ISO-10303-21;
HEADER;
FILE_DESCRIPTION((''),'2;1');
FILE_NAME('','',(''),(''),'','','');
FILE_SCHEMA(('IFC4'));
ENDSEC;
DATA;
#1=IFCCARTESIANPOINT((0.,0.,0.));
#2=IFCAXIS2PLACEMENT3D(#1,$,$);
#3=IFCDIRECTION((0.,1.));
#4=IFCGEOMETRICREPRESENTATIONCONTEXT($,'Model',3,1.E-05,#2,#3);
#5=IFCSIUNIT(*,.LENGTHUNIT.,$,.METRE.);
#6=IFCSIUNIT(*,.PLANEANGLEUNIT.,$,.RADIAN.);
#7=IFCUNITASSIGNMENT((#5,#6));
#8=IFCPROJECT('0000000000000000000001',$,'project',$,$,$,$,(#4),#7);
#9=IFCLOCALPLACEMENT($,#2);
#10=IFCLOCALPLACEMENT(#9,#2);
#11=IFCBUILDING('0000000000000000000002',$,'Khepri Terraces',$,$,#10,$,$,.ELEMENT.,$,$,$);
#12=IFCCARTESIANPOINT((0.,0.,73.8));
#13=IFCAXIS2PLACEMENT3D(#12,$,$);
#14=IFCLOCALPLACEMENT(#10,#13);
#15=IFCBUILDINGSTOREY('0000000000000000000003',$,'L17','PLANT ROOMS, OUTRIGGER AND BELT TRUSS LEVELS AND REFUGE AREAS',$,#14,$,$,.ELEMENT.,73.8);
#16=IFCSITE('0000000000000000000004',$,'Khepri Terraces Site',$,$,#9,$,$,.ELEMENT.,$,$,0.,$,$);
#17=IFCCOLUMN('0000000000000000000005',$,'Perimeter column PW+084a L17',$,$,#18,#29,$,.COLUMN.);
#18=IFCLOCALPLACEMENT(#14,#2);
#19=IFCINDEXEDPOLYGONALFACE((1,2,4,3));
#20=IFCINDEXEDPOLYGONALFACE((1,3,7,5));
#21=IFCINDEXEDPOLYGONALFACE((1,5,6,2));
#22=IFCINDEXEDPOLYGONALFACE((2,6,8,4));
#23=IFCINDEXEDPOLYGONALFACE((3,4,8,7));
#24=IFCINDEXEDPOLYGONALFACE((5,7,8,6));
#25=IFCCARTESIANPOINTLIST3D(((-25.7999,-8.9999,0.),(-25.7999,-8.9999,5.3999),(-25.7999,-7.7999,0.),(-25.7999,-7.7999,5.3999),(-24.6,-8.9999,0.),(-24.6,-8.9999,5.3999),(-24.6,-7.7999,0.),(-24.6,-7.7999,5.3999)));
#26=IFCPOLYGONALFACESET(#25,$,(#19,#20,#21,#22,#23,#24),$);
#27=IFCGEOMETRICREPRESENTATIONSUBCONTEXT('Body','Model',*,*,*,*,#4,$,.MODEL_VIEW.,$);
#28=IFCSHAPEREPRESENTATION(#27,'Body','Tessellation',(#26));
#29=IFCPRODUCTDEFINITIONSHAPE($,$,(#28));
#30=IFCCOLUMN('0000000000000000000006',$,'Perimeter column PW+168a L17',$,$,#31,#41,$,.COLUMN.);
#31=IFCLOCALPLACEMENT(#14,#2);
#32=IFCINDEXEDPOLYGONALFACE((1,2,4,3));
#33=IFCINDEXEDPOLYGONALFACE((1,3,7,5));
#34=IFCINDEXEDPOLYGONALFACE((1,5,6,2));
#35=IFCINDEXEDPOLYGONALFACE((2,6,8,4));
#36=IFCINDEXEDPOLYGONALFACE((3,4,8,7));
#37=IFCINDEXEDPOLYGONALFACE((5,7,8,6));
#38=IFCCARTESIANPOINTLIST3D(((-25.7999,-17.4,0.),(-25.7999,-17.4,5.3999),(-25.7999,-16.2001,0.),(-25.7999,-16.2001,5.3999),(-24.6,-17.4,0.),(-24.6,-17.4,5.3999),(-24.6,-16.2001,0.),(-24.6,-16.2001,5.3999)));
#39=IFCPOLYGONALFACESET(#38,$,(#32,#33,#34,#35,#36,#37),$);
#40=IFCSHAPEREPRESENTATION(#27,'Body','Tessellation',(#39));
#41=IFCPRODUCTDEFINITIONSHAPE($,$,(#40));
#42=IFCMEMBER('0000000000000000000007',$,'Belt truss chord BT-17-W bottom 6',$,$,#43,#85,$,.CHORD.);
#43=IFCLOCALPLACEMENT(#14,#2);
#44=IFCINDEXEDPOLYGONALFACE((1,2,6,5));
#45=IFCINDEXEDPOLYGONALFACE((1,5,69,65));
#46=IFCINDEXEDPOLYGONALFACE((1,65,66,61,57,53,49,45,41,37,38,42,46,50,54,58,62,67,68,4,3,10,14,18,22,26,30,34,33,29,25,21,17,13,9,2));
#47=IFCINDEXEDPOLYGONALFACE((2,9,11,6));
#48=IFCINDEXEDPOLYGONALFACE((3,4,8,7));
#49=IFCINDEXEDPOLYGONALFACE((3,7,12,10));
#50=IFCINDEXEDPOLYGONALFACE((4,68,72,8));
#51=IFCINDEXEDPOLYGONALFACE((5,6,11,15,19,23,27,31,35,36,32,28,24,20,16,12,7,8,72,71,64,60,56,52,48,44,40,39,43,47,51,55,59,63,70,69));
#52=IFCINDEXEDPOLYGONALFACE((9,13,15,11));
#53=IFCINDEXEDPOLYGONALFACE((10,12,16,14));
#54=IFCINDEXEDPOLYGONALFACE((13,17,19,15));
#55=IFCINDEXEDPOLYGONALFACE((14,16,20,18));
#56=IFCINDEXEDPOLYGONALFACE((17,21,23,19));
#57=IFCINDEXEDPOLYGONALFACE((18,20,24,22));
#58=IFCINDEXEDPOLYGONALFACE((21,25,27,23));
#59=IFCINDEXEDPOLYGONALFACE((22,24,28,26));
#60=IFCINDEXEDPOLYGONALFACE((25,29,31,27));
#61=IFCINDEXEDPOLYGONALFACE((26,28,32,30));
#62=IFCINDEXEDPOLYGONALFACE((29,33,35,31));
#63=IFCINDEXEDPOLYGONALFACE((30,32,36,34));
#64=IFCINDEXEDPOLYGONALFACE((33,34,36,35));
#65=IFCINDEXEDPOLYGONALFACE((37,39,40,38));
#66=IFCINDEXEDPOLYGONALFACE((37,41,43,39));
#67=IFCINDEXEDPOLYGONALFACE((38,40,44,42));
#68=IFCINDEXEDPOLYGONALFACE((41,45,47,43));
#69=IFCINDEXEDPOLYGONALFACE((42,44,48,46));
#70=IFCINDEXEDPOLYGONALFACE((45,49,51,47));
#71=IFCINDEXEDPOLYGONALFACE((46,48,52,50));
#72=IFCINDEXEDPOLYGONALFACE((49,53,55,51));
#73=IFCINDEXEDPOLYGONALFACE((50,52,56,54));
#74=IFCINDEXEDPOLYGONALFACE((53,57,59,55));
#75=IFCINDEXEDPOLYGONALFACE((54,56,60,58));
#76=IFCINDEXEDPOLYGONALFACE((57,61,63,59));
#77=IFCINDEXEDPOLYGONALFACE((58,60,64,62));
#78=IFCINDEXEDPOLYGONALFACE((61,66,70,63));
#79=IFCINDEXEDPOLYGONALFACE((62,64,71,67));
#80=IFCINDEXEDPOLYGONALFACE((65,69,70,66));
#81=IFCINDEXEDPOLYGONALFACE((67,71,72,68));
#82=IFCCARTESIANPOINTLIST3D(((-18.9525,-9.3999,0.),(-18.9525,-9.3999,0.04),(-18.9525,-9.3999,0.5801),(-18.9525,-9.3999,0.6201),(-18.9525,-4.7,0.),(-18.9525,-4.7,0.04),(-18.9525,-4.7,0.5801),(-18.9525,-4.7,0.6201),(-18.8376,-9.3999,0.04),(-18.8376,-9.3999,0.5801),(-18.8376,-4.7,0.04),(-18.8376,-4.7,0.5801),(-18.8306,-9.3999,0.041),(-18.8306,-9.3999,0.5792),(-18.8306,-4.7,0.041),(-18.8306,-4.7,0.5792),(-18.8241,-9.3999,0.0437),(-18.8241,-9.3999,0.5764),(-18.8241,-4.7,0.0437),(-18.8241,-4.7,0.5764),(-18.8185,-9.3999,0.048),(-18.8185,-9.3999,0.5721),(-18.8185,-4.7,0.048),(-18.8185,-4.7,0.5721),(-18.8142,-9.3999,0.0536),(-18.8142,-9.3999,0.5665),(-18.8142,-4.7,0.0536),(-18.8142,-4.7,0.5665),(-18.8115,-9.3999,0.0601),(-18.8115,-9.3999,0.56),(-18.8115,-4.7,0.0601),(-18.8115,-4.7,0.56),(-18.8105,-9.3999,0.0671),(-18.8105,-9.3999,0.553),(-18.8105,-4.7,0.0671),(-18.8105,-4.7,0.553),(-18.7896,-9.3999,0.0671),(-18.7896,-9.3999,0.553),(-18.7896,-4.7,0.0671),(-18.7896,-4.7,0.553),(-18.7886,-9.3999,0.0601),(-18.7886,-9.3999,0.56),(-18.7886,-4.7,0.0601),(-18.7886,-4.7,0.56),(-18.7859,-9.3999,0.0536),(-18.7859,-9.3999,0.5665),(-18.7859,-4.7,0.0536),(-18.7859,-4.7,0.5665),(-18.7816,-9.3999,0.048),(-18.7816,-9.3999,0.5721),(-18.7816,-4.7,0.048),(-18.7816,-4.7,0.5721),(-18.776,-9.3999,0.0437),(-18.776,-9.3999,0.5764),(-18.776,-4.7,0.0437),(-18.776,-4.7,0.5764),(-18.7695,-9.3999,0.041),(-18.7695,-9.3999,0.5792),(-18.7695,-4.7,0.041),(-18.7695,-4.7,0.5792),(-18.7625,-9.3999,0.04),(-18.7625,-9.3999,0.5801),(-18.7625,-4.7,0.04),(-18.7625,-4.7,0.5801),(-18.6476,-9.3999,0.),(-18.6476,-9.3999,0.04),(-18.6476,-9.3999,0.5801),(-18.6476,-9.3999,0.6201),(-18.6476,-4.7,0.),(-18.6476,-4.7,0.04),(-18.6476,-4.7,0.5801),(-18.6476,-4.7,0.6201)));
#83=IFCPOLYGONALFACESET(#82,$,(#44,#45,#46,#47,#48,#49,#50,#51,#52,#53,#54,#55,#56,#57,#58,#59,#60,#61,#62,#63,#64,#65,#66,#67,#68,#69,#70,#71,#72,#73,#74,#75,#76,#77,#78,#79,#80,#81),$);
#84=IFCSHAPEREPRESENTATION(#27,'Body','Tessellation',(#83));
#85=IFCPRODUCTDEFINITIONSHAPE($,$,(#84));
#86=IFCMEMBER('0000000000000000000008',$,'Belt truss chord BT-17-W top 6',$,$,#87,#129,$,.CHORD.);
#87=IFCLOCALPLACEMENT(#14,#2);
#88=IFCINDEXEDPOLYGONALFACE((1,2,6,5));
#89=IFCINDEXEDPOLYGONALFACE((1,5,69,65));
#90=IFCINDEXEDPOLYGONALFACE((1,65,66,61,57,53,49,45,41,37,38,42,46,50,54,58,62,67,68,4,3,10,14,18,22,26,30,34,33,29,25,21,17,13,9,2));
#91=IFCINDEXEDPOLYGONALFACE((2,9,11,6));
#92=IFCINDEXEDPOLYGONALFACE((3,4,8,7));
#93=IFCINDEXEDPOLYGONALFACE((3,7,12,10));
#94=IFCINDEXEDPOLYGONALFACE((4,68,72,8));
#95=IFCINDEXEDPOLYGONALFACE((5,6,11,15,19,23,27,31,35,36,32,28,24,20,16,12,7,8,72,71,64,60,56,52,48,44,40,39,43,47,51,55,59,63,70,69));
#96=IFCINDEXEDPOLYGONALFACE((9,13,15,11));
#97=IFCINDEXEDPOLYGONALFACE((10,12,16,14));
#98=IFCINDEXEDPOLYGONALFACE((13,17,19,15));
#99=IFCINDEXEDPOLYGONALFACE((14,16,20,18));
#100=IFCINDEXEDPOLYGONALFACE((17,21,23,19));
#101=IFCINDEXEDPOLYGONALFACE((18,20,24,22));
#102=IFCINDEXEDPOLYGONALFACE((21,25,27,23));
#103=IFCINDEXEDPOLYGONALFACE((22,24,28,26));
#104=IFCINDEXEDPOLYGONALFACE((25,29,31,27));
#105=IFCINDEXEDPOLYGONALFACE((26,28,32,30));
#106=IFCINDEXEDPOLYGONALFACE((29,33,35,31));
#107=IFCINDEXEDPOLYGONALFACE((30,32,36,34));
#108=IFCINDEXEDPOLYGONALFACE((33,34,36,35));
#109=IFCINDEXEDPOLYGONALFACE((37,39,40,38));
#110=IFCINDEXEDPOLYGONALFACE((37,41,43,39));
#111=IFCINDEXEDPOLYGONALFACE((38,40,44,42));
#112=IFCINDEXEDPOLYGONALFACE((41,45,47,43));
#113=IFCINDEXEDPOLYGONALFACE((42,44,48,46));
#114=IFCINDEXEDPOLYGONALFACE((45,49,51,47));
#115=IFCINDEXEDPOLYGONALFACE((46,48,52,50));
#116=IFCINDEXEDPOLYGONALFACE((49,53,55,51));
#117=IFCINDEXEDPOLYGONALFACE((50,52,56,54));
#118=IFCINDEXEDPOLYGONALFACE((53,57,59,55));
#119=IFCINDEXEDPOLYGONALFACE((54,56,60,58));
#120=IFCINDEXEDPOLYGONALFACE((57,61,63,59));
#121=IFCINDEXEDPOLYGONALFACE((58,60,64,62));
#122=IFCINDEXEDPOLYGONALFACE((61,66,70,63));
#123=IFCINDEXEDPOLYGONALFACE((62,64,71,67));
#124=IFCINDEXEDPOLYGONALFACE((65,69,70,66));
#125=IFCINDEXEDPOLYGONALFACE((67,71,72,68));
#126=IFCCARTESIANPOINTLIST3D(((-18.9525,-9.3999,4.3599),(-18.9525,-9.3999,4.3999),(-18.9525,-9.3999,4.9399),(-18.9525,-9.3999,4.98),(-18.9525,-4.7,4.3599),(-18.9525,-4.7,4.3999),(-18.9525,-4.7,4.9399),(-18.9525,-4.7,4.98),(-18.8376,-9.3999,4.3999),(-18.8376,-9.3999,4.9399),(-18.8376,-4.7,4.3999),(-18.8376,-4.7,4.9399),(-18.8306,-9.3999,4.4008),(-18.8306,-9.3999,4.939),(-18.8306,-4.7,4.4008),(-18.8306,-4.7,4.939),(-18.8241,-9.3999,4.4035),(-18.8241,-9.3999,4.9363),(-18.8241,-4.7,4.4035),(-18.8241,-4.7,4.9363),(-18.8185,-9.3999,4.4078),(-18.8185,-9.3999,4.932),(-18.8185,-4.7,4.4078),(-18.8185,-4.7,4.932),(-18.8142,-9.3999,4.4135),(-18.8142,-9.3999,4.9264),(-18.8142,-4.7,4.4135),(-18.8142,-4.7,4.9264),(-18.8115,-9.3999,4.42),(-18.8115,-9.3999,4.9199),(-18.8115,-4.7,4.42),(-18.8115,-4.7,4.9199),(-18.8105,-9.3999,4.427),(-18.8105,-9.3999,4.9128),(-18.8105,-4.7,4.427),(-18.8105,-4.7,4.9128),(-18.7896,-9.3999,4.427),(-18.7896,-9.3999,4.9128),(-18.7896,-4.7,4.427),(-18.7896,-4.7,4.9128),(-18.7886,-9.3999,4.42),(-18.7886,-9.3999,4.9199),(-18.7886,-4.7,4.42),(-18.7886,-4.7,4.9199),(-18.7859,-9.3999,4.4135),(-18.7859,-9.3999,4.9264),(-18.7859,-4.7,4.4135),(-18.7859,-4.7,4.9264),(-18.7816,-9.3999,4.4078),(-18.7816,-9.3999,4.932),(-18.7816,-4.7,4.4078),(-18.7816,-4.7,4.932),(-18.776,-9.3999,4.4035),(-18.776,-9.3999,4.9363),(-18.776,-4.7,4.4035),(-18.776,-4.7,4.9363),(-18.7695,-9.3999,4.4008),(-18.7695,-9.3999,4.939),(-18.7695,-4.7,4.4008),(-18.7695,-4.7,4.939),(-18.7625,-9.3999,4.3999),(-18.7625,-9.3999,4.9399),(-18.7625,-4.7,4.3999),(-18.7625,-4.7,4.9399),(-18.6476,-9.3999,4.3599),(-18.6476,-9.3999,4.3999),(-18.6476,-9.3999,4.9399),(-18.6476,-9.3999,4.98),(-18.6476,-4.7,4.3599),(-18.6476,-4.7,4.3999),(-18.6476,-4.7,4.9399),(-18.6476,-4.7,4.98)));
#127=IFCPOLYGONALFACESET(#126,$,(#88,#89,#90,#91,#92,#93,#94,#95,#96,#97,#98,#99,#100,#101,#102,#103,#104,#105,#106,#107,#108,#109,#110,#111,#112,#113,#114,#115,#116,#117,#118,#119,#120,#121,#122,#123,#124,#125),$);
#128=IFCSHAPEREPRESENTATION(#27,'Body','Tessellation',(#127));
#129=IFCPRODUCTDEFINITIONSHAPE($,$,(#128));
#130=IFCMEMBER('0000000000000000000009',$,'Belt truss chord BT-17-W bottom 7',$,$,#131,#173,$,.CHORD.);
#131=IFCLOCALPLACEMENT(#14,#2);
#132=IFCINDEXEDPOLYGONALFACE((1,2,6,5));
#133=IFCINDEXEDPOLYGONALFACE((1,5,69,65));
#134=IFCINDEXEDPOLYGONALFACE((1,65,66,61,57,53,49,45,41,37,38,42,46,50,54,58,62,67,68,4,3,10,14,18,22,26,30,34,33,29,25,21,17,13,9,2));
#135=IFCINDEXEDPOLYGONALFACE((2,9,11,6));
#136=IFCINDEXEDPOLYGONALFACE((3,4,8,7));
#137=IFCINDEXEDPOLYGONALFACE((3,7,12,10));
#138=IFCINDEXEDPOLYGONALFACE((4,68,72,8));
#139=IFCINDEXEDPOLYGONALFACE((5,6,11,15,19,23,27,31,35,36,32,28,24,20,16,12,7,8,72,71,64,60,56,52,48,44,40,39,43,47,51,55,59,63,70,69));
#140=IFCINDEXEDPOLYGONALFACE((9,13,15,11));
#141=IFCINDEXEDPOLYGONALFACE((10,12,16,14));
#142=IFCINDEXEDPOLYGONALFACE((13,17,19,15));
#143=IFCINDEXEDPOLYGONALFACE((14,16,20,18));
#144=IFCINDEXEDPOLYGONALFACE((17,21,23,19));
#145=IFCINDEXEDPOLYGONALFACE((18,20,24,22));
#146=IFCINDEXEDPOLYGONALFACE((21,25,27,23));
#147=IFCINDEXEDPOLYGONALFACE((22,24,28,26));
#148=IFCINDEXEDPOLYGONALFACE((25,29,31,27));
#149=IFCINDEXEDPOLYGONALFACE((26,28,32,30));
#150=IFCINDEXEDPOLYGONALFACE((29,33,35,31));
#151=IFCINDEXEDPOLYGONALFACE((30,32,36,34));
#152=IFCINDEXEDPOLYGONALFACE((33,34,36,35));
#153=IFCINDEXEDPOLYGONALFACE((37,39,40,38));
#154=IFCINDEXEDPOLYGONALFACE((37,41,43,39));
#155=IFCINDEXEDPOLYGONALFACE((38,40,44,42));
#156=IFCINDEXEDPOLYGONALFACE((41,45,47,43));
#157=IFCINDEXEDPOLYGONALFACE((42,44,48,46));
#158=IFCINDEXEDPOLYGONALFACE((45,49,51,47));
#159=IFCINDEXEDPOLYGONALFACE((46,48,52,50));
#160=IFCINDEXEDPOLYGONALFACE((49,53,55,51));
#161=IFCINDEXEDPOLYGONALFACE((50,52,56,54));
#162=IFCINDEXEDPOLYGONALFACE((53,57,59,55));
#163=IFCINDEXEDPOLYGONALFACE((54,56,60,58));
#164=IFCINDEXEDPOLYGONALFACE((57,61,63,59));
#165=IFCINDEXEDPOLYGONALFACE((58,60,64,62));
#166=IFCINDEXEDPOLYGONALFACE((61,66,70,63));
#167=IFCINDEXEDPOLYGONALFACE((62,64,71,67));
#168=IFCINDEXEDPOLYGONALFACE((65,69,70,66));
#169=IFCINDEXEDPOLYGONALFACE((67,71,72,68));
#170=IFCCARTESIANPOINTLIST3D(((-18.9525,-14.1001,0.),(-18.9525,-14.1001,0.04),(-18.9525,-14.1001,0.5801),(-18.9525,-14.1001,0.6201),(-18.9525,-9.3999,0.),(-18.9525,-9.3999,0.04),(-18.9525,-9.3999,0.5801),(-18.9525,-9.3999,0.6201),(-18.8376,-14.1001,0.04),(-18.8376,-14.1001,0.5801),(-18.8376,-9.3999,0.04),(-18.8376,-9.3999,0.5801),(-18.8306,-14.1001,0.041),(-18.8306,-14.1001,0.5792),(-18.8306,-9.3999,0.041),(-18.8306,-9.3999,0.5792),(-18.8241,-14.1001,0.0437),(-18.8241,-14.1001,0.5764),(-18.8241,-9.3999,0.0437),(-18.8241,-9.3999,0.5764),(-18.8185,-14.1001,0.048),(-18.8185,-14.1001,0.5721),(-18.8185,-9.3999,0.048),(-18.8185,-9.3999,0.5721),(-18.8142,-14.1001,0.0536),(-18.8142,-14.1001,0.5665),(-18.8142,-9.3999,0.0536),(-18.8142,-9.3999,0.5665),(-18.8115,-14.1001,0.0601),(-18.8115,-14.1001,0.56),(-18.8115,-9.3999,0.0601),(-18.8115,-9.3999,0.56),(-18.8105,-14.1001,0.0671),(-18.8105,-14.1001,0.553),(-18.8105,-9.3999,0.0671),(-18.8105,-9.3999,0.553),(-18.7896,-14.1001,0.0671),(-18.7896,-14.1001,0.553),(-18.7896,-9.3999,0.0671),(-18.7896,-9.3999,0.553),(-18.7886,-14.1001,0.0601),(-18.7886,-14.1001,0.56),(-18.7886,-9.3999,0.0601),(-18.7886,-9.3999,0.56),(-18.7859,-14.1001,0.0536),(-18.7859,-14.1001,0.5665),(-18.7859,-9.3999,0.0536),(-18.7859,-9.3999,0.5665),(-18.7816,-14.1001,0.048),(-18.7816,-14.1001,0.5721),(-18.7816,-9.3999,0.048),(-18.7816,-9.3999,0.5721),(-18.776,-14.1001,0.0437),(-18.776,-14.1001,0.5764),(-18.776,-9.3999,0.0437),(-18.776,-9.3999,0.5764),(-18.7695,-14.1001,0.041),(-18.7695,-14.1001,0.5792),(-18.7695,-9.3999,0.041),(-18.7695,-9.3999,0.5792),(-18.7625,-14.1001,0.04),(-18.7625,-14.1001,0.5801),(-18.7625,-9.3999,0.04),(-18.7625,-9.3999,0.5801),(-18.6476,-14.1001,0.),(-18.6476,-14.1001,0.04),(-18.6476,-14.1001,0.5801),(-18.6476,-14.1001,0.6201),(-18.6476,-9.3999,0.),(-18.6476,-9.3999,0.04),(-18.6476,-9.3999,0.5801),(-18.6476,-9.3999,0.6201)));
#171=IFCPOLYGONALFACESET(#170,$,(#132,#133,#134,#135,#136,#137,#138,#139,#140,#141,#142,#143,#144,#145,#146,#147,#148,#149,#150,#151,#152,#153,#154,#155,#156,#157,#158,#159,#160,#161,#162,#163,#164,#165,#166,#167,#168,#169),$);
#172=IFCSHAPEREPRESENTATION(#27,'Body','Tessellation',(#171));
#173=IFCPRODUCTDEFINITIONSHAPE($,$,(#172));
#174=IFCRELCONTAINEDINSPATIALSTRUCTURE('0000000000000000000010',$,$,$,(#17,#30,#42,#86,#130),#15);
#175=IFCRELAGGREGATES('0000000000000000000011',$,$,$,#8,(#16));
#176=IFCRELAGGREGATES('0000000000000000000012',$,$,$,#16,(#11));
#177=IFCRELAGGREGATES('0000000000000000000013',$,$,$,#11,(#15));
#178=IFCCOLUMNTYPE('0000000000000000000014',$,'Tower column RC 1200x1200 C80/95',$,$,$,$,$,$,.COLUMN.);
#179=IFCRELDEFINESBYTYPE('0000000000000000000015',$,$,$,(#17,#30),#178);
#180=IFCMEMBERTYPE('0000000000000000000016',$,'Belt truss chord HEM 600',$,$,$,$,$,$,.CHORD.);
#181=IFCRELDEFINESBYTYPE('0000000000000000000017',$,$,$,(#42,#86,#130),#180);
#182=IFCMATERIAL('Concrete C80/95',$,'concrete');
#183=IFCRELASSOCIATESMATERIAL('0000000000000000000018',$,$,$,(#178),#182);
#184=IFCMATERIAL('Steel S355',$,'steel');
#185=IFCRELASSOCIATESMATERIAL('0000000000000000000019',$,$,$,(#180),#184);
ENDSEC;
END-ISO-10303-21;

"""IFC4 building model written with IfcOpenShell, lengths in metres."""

from ifc_helpers import new_model, si_unit, direction, frame, origin, origin_2d, place, context, subcontext, project, spatial, rectangle, i_section, extrude, material, material_profile, profile_set, type_object, element, save


model = new_model("IFC4")

# Units and contexts
model_context = context("Model", 3, precision=1e-05, world=origin(), true_north=direction((0.0, 1.0)))
body_context = subcontext(model_context, "Body", "Model", "MODEL_VIEW")
ifc_project = project(units=[si_unit("LENGTHUNIT", "METRE"), si_unit("PLANEANGLEUNIT", "RADIAN")], contexts=[model_context])

# Site, building, storey
site_placement = place(None, origin())
site = spatial("IfcSite", under=ifc_project, at=site_placement, Name="Khepri Terraces Site", CompositionType="ELEMENT", RefElevation=0.0)
building_placement = place(site_placement, origin())
building = spatial("IfcBuilding", under=site, at=building_placement, Name="Khepri Terraces", CompositionType="ELEMENT")
storey_placement = place(building_placement, frame((0.0, 0.0, 73.8)))
storey = spatial("IfcBuildingStorey", under=building, at=storey_placement, Name="L17", Description="PLANT ROOMS, OUTRIGGER AND BELT TRUSS LEVELS AND REFUGE AREAS", CompositionType="ELEMENT", Elevation=73.8)

# Columns
ifc_material_1 = material(Name="Concrete C80/95", Category="concrete")
ifc_material_profile_1 = material_profile(ifc_material_1, rectangle(XDim=1.2, YDim=1.2, at=origin_2d()), Name="Concrete C80/95", Category="concrete")
ifc_profile_set_1 = profile_set([ifc_material_profile_1], Name="Concrete C80/95")
column_type = type_object("IfcColumnType", Name="Tower column RC 1200x1200 C80/95", PredefinedType="COLUMN", material=ifc_profile_set_1)
for number, where, z_axis, x_axis, name in (
    (1, (-25.2, -8.3999, 0.0), (0.0, 0.0, 1.0), (1.0, 0.0, 0.0), "Perimeter column PW+084a L17"),
    (2, (-25.2, -16.8, 0.0), (0.0, 0.0, 1.0), (1.0, 0.0, 0.0), "Perimeter column PW+168a L17"),
):
    element("IfcColumn", number, at=place(storey_placement, frame(where, z_axis=z_axis, x_axis=x_axis)), inside=storey, type_object=column_type, Name=name, PredefinedType="COLUMN", context=body_context, shape_type="SweptSolid", body=[
        extrude(rectangle(XDim=1.2, YDim=1.2, at=origin_2d()), origin(), (0.0, 0.0, 1.0), 5.3999),
    ])

# Members
ifc_material_2 = material(Name="Steel S355", Category="steel")
ifc_material_profile_2 = material_profile(ifc_material_2, i_section(OverallWidth=0.3049, OverallDepth=0.6201, WebThickness=0.021, FlangeThickness=0.04, FilletRadius=0.0271, at=origin_2d()), Name="Steel S355", Category="steel")
ifc_profile_set_2 = profile_set([ifc_material_profile_2], Name="Steel S355")
member_type_1 = type_object("IfcMemberType", Name="Belt truss chord HEM 600", PredefinedType="CHORD", material=ifc_profile_set_2)
for number, where, z_axis, x_axis, name in (
    (3, (-18.8, -4.7, 0.3101), (0.0, -1.0, 0.0), (1.0, 0.0, 0.0), "Belt truss chord BT-17-W bottom 6"),
    (4, (-18.8, -4.7, 4.6699), (0.0, -1.0, 0.0), (1.0, 0.0, 0.0), "Belt truss chord BT-17-W top 6"),
):
    element("IfcMember", number, at=place(storey_placement, frame(where, z_axis=z_axis, x_axis=x_axis)), inside=storey, type_object=member_type_1, Name=name, PredefinedType="CHORD", context=body_context, shape_type="SweptSolid", body=[
        extrude(i_section(OverallWidth=0.3049, OverallDepth=0.6201, WebThickness=0.021, FlangeThickness=0.04, FilletRadius=0.0271, at=origin_2d()), origin(), (0.0, 0.0, 1.0), 4.7),
    ])
for number, where, z_axis, x_axis, name in (
    (5, (-18.8, -9.3999, 0.3101), (0.0, -1.0, 0.0), (1.0, 0.0, 0.0), "Belt truss chord BT-17-W bottom 7"),
):
    element("IfcMember", number, at=place(storey_placement, frame(where, z_axis=z_axis, x_axis=x_axis)), inside=storey, type_object=member_type_1, Name=name, PredefinedType="CHORD", context=body_context, shape_type="SweptSolid", body=[
        extrude(i_section(OverallWidth=0.3049, OverallDepth=0.6201, WebThickness=0.021, FlangeThickness=0.04, FilletRadius=0.0271, at=origin_2d()), origin(), (0.0, 0.0, 1.0), 4.7002),
    ])

save(model, "model.ifc")
